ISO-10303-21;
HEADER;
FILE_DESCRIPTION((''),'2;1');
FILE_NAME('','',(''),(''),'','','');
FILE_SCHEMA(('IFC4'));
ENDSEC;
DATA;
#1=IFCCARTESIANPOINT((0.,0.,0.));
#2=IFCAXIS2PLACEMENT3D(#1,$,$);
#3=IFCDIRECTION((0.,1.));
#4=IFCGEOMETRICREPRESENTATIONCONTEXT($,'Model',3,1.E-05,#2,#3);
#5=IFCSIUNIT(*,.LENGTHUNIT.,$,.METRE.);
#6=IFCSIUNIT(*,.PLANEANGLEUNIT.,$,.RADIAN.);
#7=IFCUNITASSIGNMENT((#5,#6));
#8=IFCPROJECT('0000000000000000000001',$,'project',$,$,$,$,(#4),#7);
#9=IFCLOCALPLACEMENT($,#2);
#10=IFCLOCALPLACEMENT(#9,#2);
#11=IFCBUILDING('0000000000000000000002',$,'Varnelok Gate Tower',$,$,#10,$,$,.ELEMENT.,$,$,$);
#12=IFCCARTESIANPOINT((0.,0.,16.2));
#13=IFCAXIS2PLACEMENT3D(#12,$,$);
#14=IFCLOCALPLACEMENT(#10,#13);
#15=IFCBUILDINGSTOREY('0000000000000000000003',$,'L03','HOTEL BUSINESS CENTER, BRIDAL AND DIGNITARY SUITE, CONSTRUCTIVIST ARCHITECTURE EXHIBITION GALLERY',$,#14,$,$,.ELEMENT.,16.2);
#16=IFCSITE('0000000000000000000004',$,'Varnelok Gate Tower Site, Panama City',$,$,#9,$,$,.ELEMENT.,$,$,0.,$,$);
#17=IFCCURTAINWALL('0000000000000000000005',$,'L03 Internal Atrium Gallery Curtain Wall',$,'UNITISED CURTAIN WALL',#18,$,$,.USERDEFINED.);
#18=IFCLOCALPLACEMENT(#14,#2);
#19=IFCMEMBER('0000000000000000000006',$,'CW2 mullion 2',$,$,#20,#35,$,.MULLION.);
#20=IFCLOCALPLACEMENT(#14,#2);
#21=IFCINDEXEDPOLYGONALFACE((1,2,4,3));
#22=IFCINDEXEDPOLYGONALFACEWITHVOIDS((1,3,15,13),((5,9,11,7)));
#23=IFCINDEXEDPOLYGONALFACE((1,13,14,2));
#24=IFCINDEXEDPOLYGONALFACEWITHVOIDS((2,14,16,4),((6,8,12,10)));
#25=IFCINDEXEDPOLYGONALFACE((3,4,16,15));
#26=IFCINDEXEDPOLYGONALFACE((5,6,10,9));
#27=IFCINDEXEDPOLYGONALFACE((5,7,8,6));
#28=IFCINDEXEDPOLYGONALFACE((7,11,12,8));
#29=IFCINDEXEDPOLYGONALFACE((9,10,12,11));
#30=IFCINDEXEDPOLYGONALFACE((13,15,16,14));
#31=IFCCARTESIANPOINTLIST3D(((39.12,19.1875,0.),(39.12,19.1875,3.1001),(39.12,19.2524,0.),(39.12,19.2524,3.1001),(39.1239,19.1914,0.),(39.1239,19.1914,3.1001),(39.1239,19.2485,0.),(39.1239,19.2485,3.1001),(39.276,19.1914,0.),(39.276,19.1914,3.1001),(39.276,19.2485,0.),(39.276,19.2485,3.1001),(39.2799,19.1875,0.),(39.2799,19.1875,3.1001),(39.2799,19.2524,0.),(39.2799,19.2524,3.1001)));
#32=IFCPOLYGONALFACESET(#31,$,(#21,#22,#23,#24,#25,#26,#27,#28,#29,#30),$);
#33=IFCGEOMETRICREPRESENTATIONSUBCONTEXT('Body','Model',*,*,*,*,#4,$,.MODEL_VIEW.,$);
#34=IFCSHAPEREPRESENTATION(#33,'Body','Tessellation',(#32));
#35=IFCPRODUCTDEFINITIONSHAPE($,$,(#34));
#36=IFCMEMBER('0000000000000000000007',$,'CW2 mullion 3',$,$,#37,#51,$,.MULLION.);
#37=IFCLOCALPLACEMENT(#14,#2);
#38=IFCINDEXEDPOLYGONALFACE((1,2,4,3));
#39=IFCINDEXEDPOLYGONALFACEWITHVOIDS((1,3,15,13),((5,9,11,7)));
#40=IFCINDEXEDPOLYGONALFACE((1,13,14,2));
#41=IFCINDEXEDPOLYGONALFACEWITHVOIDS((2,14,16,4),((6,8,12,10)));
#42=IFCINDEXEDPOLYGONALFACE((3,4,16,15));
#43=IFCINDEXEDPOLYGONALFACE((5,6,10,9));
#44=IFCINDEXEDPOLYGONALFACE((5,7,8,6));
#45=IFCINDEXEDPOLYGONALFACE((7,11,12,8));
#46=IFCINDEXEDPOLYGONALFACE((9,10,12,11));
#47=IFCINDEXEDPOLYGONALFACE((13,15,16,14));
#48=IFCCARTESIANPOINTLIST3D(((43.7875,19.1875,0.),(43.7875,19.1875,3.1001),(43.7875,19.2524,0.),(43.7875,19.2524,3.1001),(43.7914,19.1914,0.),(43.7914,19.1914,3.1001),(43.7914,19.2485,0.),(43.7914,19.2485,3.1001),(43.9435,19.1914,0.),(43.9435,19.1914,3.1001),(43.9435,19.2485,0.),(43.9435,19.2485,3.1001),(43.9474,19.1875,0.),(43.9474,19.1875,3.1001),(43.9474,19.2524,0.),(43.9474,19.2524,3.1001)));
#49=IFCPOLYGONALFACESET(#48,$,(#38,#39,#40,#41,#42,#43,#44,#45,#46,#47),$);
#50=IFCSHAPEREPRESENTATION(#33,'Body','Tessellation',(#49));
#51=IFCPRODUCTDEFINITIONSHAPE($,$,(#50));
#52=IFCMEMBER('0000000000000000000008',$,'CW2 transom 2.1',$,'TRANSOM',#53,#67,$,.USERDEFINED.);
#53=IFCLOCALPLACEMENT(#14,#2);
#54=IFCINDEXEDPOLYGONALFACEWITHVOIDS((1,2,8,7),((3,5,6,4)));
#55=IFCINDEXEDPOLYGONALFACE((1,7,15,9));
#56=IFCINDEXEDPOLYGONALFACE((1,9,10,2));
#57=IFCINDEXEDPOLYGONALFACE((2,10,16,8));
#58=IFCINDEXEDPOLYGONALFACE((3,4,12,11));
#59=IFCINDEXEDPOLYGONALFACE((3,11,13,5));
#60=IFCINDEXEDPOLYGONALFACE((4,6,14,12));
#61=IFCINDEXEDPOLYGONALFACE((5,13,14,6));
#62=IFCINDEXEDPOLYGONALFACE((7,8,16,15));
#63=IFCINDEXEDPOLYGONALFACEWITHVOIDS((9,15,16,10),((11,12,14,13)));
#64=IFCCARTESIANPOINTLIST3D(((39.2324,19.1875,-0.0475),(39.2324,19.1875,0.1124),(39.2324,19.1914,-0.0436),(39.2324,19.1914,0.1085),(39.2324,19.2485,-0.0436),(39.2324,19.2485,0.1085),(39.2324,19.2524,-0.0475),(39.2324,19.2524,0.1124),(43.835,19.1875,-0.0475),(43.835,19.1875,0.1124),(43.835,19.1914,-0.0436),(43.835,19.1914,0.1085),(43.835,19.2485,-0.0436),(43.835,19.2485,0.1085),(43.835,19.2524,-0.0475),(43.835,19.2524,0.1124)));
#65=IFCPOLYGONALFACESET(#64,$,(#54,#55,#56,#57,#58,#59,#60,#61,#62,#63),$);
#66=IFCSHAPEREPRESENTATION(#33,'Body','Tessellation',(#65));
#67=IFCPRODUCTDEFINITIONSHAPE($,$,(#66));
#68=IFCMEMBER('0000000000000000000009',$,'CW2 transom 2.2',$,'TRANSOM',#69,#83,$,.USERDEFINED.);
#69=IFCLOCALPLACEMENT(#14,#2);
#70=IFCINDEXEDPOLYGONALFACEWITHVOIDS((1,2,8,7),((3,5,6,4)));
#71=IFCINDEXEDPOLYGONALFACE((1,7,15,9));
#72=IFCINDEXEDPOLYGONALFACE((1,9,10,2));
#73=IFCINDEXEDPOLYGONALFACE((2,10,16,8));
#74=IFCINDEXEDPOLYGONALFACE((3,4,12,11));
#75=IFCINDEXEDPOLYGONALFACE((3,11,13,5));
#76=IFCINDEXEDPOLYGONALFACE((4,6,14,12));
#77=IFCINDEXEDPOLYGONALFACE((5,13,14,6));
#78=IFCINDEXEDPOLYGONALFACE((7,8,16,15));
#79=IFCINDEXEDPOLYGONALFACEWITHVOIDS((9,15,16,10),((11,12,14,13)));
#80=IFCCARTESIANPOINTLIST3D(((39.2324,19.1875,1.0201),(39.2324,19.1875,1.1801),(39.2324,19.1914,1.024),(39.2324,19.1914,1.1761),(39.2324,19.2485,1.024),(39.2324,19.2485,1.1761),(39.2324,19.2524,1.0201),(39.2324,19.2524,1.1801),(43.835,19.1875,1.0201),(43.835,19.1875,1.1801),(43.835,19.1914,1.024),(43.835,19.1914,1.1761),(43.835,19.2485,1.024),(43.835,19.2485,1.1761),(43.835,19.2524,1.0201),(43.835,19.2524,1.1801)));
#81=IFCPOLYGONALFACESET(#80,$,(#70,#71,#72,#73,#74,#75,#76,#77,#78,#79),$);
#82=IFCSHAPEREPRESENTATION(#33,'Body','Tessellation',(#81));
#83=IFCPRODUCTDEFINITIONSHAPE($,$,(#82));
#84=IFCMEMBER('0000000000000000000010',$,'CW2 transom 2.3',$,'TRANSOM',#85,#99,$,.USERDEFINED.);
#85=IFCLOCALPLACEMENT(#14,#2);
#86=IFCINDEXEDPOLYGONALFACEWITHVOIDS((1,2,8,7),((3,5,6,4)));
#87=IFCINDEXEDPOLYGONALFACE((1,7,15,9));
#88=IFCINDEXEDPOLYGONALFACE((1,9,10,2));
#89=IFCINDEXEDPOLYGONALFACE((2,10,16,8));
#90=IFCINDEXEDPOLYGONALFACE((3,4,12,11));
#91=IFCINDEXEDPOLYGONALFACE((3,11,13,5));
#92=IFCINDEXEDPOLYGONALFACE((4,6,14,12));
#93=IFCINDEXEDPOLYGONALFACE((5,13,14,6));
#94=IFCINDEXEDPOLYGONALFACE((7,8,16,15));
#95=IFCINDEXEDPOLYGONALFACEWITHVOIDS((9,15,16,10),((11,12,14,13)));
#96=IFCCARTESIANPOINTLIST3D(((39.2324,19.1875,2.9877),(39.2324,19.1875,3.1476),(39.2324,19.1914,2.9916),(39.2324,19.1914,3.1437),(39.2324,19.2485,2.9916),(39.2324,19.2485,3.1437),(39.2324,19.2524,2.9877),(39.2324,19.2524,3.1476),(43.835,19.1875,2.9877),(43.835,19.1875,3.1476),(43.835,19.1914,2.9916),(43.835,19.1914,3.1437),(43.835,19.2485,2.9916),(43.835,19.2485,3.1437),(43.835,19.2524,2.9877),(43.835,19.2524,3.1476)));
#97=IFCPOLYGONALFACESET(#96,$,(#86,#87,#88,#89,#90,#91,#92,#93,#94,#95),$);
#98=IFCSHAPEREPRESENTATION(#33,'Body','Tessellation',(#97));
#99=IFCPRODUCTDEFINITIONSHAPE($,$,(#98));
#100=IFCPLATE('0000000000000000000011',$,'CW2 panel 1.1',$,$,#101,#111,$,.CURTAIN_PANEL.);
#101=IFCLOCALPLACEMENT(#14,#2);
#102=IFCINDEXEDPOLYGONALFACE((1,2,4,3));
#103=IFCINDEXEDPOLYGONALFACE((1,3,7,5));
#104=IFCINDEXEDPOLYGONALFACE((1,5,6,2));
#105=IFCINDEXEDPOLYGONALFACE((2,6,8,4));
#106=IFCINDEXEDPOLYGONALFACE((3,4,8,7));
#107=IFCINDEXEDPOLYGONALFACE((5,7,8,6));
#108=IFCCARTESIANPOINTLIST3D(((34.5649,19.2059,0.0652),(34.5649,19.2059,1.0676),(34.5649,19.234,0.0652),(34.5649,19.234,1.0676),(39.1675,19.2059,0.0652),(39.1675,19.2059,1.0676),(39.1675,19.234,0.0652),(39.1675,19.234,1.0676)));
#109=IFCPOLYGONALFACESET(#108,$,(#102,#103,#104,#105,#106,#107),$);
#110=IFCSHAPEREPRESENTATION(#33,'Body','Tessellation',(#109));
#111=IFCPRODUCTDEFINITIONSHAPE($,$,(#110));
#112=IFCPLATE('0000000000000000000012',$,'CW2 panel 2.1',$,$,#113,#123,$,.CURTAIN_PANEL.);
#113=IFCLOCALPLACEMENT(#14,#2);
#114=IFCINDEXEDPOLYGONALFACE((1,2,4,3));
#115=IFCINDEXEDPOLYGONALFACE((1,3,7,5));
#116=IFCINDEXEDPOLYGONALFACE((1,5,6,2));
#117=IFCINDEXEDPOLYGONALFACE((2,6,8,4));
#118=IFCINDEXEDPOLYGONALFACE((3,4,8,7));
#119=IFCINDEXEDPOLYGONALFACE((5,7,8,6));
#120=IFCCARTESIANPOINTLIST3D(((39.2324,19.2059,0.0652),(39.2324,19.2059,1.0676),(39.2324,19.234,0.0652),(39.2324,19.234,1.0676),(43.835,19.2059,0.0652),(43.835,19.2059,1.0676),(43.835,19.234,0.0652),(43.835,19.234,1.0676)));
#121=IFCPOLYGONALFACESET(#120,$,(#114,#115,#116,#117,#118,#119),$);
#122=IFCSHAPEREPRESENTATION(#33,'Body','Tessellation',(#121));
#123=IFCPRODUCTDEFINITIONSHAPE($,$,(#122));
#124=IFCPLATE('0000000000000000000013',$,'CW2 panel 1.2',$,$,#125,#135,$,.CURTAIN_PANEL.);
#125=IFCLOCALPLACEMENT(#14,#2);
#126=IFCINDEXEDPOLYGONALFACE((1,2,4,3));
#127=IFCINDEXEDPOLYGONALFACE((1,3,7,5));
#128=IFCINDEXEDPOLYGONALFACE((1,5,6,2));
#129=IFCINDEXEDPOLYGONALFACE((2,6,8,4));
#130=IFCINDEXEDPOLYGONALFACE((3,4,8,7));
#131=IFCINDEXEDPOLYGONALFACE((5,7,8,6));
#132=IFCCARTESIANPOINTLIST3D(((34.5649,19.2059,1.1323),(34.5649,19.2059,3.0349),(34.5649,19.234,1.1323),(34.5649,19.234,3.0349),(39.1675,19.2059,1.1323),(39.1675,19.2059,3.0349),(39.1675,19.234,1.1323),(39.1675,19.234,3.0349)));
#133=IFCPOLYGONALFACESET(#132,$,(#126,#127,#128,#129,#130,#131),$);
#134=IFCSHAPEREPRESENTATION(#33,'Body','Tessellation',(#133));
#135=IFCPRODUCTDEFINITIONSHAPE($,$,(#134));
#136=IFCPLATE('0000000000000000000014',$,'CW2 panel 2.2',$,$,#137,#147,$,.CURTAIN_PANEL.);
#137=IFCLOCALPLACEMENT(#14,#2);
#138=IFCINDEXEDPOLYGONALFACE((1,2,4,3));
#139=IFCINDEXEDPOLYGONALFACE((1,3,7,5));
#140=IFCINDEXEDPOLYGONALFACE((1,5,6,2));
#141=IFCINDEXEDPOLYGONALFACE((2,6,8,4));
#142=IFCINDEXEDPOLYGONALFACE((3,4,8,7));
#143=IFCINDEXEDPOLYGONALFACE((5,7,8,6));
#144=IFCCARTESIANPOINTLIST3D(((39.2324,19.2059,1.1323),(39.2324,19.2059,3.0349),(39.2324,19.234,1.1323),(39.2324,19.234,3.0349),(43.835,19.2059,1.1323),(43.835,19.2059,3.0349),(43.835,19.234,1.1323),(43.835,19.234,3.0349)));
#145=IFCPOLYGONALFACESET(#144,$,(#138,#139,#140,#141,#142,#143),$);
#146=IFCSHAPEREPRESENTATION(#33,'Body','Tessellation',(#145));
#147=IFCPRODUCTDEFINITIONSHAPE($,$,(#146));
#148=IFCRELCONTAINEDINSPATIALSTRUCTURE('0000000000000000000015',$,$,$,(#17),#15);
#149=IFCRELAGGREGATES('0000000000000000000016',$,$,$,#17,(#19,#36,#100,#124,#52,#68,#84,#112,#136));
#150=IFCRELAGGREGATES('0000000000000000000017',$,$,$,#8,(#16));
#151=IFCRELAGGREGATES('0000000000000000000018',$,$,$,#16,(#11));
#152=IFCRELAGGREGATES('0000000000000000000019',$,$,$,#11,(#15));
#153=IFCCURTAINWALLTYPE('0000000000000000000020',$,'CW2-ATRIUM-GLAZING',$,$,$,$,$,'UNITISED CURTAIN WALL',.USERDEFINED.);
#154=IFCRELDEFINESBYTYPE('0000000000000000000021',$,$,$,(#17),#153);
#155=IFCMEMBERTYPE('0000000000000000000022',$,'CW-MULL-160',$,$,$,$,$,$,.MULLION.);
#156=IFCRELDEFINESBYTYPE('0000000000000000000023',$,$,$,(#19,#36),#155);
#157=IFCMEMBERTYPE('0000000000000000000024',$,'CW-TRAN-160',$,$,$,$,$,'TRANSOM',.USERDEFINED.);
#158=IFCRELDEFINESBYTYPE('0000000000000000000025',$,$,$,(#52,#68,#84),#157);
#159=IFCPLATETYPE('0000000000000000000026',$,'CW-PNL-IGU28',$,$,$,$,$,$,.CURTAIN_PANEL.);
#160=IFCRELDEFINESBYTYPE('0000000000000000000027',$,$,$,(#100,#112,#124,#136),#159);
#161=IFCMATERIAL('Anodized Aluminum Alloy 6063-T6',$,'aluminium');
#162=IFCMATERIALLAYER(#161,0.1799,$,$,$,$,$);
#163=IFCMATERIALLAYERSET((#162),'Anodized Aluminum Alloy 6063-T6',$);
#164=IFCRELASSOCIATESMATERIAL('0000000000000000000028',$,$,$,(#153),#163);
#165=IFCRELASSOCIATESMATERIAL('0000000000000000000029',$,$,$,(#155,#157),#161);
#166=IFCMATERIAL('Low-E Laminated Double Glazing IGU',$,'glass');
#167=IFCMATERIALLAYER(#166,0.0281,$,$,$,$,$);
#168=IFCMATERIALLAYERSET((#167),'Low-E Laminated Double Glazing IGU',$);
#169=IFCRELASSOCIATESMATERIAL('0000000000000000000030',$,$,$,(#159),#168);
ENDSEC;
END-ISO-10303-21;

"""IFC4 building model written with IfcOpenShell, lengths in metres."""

from ifc_helpers import new_model, si_unit, direction, frame, origin, origin_2d, place, context, subcontext, project, spatial, rectangle, hollow_rectangle, extrude, source, transform, mapped, material, layer, layer_set, material_profile, profile_set, type_object, element, aggregate, save


model = new_model("IFC4")

# Units and contexts
model_context = context("Model", 3, precision=1e-05, world=origin(), true_north=direction((0.0, 1.0)))
body_context = subcontext(model_context, "Body", "Model", "MODEL_VIEW")
ifc_project = project(units=[si_unit("LENGTHUNIT", "METRE"), si_unit("PLANEANGLEUNIT", "RADIAN")], contexts=[model_context])

# Site, building, storey
site_placement = place(None, origin())
site = spatial("IfcSite", under=ifc_project, at=site_placement, Name="Varnelok Gate Tower Site, Panama City", CompositionType="ELEMENT", RefElevation=0.0)
building_placement = place(site_placement, origin())
building = spatial("IfcBuilding", under=site, at=building_placement, Name="Varnelok Gate Tower", CompositionType="ELEMENT")
storey_placement = place(building_placement, frame((0.0, 0.0, 16.2)))
storey = spatial("IfcBuildingStorey", under=building, at=storey_placement, Name="L03", Description="HOTEL BUSINESS CENTER, BRIDAL AND DIGNITARY SUITE, CONSTRUCTIVIST ARCHITECTURE EXHIBITION GALLERY", CompositionType="ELEMENT", Elevation=16.2)

# Curtain wall, members, plates
ifc_material_1 = material(Name="Anodized Aluminum Alloy 6063-T6", Category="aluminium")
ifc_layer_1 = layer(ifc_material_1, 0.1799)
ifc_layer_set_1 = layer_set([ifc_layer_1], Name="Anodized Aluminum Alloy 6063-T6")
curtain_wall_type = type_object("IfcCurtainWallType", Name="CW2-ATRIUM-GLAZING", ElementType="UNITISED CURTAIN WALL", PredefinedType="USERDEFINED", material=ifc_layer_set_1)
curtain_wall_placement = place(storey_placement, origin())
curtain_wall = element("IfcCurtainWall", 1, at=curtain_wall_placement, inside=storey, type_object=curtain_wall_type, Name="L03 Internal Atrium Gallery Curtain Wall", ObjectType="UNITISED CURTAIN WALL", PredefinedType="USERDEFINED")
ifc_material_profile_1 = material_profile(ifc_material_1, hollow_rectangle(XDim=0.0649, YDim=0.1599, WallThickness=0.0039, at=origin_2d()), Name="ALU160X65X4")
ifc_profile_set_1 = profile_set([ifc_material_profile_1], Name="Anodized Aluminum Alloy 6063-T6")
member_type_1 = type_object("IfcMemberType", Name="CW-MULL-160", PredefinedType="MULLION", material=ifc_profile_set_1)
member_1_placement = place(storey_placement, frame((39.2, 19.22, 0.0), z_axis=(0.0, 0.0, 1.0), x_axis=(0.0, 1.0, 0.0)))
member_1 = element("IfcMember", 2, at=member_1_placement, type_object=member_type_1, Name="CW2 mullion 2", PredefinedType="MULLION", context=body_context, shape_type="SweptSolid", body=[
    extrude(hollow_rectangle(XDim=0.0649, YDim=0.1599, WallThickness=0.0039, at=origin_2d()), origin(), (0.0, 0.0, 1.0), 3.1001),
])
member_2_placement = place(storey_placement, frame((43.8674, 19.22, 0.0), z_axis=(0.0, 0.0, 1.0), x_axis=(0.0, 1.0, 0.0)))
member_2 = element("IfcMember", 3, at=member_2_placement, type_object=member_type_1, Name="CW2 mullion 3", PredefinedType="MULLION", context=body_context, shape_type="SweptSolid", body=[
    extrude(hollow_rectangle(XDim=0.0649, YDim=0.1599, WallThickness=0.0039, at=origin_2d()), origin(), (0.0, 0.0, 1.0), 3.1001),
])
ifc_material_profile_2 = material_profile(ifc_material_1, hollow_rectangle(XDim=0.0649, YDim=0.1599, WallThickness=0.0039, at=origin_2d()), Name="ALU160X65X4")
ifc_profile_set_2 = profile_set([ifc_material_profile_2], Name="Anodized Aluminum Alloy 6063-T6")
member_type_2 = type_object("IfcMemberType", Name="CW-TRAN-160", ElementType="TRANSOM", PredefinedType="USERDEFINED", material=ifc_profile_set_2)
member_3_placement = place(storey_placement, frame((39.2324, 19.22, 0.0325), z_axis=(1.0, 0.0, 0.0), x_axis=(0.0, 1.0, 0.0)))
member_3 = element("IfcMember", 4, at=member_3_placement, type_object=member_type_2, Name="CW2 transom 2.1", ObjectType="TRANSOM", PredefinedType="USERDEFINED", context=body_context, shape_type="SweptSolid", body=[
    extrude(hollow_rectangle(XDim=0.0649, YDim=0.1599, WallThickness=0.0039, at=origin_2d()), origin(), (0.0, 0.0, 1.0), 4.6025),
])
member_4_placement = place(storey_placement, frame((39.2324, 19.22, 1.1001), z_axis=(1.0, 0.0, 0.0), x_axis=(0.0, 1.0, 0.0)))
member_4 = element("IfcMember", 5, at=member_4_placement, type_object=member_type_2, Name="CW2 transom 2.2", ObjectType="TRANSOM", PredefinedType="USERDEFINED", context=body_context, shape_type="SweptSolid", body=[
    extrude(hollow_rectangle(XDim=0.0649, YDim=0.1599, WallThickness=0.0039, at=origin_2d()), origin(), (0.0, 0.0, 1.0), 4.6025),
])
member_5_placement = place(storey_placement, frame((39.2324, 19.22, 3.0676), z_axis=(1.0, 0.0, 0.0), x_axis=(0.0, 1.0, 0.0)))
member_5 = element("IfcMember", 6, at=member_5_placement, type_object=member_type_2, Name="CW2 transom 2.3", ObjectType="TRANSOM", PredefinedType="USERDEFINED", context=body_context, shape_type="SweptSolid", body=[
    extrude(hollow_rectangle(XDim=0.0649, YDim=0.1599, WallThickness=0.0039, at=origin_2d()), origin(), (0.0, 0.0, 1.0), 4.6025),
])
ifc_material_2 = material(Name="Low-E Laminated Double Glazing IGU", Category="glass")
ifc_layer_2 = layer(ifc_material_2, 0.0281)
ifc_layer_set_2 = layer_set([ifc_layer_2], Name="Low-E Laminated Double Glazing IGU")
plate_type = type_object("IfcPlateType", Name="CW-PNL-IGU28", PredefinedType="CURTAIN_PANEL", material=ifc_layer_set_2)
shared_shape_1 = source(origin(), body_context, "Body", "SweptSolid", [
    extrude(rectangle(XDim=4.6025, YDim=0.0281, at=origin_2d()), origin(), (0.0, 0.0, 1.0), 1.0024),
])
plate_1_placement = place(storey_placement, frame((36.8662, 19.22, 0.0652), z_axis=(0.0, 0.0, 1.0), x_axis=(1.0, 0.0, 0.0)))
plate_1 = element("IfcPlate", 7, at=plate_1_placement, type_object=plate_type, Name="CW2 panel 1.1", PredefinedType="CURTAIN_PANEL", context=body_context, shape_type="MappedRepresentation", body=[
    mapped(shared_shape_1, transform((0.0, 0.0, 0.0), scale=1.0)),
])
plate_2_placement = place(storey_placement, frame((41.5337, 19.22, 0.0652), z_axis=(0.0, 0.0, 1.0), x_axis=(1.0, 0.0, 0.0)))
plate_2 = element("IfcPlate", 8, at=plate_2_placement, type_object=plate_type, Name="CW2 panel 2.1", PredefinedType="CURTAIN_PANEL", context=body_context, shape_type="MappedRepresentation", body=[
    mapped(shared_shape_1, transform((0.0, 0.0, 0.0), scale=1.0)),
])
shared_shape_2 = source(origin(), body_context, "Body", "SweptSolid", [
    extrude(rectangle(XDim=4.6025, YDim=0.0281, at=origin_2d()), origin(), (0.0, 0.0, 1.0), 1.9026),
])
plate_3_placement = place(storey_placement, frame((36.8662, 19.22, 1.1323), z_axis=(0.0, 0.0, 1.0), x_axis=(1.0, 0.0, 0.0)))
plate_3 = element("IfcPlate", 9, at=plate_3_placement, type_object=plate_type, Name="CW2 panel 1.2", PredefinedType="CURTAIN_PANEL", context=body_context, shape_type="MappedRepresentation", body=[
    mapped(shared_shape_2, transform((0.0, 0.0, 0.0), scale=1.0)),
])
plate_4_placement = place(storey_placement, frame((41.5337, 19.22, 1.1323), z_axis=(0.0, 0.0, 1.0), x_axis=(1.0, 0.0, 0.0)))
plate_4 = element("IfcPlate", 10, at=plate_4_placement, type_object=plate_type, Name="CW2 panel 2.2", PredefinedType="CURTAIN_PANEL", context=body_context, shape_type="MappedRepresentation", body=[
    mapped(shared_shape_2, transform((0.0, 0.0, 0.0), scale=1.0)),
])
aggregate(curtain_wall, [member_1, member_2, plate_1, plate_3, member_3, member_4, member_5, plate_2, plate_4])

save(model, "model.ifc")
